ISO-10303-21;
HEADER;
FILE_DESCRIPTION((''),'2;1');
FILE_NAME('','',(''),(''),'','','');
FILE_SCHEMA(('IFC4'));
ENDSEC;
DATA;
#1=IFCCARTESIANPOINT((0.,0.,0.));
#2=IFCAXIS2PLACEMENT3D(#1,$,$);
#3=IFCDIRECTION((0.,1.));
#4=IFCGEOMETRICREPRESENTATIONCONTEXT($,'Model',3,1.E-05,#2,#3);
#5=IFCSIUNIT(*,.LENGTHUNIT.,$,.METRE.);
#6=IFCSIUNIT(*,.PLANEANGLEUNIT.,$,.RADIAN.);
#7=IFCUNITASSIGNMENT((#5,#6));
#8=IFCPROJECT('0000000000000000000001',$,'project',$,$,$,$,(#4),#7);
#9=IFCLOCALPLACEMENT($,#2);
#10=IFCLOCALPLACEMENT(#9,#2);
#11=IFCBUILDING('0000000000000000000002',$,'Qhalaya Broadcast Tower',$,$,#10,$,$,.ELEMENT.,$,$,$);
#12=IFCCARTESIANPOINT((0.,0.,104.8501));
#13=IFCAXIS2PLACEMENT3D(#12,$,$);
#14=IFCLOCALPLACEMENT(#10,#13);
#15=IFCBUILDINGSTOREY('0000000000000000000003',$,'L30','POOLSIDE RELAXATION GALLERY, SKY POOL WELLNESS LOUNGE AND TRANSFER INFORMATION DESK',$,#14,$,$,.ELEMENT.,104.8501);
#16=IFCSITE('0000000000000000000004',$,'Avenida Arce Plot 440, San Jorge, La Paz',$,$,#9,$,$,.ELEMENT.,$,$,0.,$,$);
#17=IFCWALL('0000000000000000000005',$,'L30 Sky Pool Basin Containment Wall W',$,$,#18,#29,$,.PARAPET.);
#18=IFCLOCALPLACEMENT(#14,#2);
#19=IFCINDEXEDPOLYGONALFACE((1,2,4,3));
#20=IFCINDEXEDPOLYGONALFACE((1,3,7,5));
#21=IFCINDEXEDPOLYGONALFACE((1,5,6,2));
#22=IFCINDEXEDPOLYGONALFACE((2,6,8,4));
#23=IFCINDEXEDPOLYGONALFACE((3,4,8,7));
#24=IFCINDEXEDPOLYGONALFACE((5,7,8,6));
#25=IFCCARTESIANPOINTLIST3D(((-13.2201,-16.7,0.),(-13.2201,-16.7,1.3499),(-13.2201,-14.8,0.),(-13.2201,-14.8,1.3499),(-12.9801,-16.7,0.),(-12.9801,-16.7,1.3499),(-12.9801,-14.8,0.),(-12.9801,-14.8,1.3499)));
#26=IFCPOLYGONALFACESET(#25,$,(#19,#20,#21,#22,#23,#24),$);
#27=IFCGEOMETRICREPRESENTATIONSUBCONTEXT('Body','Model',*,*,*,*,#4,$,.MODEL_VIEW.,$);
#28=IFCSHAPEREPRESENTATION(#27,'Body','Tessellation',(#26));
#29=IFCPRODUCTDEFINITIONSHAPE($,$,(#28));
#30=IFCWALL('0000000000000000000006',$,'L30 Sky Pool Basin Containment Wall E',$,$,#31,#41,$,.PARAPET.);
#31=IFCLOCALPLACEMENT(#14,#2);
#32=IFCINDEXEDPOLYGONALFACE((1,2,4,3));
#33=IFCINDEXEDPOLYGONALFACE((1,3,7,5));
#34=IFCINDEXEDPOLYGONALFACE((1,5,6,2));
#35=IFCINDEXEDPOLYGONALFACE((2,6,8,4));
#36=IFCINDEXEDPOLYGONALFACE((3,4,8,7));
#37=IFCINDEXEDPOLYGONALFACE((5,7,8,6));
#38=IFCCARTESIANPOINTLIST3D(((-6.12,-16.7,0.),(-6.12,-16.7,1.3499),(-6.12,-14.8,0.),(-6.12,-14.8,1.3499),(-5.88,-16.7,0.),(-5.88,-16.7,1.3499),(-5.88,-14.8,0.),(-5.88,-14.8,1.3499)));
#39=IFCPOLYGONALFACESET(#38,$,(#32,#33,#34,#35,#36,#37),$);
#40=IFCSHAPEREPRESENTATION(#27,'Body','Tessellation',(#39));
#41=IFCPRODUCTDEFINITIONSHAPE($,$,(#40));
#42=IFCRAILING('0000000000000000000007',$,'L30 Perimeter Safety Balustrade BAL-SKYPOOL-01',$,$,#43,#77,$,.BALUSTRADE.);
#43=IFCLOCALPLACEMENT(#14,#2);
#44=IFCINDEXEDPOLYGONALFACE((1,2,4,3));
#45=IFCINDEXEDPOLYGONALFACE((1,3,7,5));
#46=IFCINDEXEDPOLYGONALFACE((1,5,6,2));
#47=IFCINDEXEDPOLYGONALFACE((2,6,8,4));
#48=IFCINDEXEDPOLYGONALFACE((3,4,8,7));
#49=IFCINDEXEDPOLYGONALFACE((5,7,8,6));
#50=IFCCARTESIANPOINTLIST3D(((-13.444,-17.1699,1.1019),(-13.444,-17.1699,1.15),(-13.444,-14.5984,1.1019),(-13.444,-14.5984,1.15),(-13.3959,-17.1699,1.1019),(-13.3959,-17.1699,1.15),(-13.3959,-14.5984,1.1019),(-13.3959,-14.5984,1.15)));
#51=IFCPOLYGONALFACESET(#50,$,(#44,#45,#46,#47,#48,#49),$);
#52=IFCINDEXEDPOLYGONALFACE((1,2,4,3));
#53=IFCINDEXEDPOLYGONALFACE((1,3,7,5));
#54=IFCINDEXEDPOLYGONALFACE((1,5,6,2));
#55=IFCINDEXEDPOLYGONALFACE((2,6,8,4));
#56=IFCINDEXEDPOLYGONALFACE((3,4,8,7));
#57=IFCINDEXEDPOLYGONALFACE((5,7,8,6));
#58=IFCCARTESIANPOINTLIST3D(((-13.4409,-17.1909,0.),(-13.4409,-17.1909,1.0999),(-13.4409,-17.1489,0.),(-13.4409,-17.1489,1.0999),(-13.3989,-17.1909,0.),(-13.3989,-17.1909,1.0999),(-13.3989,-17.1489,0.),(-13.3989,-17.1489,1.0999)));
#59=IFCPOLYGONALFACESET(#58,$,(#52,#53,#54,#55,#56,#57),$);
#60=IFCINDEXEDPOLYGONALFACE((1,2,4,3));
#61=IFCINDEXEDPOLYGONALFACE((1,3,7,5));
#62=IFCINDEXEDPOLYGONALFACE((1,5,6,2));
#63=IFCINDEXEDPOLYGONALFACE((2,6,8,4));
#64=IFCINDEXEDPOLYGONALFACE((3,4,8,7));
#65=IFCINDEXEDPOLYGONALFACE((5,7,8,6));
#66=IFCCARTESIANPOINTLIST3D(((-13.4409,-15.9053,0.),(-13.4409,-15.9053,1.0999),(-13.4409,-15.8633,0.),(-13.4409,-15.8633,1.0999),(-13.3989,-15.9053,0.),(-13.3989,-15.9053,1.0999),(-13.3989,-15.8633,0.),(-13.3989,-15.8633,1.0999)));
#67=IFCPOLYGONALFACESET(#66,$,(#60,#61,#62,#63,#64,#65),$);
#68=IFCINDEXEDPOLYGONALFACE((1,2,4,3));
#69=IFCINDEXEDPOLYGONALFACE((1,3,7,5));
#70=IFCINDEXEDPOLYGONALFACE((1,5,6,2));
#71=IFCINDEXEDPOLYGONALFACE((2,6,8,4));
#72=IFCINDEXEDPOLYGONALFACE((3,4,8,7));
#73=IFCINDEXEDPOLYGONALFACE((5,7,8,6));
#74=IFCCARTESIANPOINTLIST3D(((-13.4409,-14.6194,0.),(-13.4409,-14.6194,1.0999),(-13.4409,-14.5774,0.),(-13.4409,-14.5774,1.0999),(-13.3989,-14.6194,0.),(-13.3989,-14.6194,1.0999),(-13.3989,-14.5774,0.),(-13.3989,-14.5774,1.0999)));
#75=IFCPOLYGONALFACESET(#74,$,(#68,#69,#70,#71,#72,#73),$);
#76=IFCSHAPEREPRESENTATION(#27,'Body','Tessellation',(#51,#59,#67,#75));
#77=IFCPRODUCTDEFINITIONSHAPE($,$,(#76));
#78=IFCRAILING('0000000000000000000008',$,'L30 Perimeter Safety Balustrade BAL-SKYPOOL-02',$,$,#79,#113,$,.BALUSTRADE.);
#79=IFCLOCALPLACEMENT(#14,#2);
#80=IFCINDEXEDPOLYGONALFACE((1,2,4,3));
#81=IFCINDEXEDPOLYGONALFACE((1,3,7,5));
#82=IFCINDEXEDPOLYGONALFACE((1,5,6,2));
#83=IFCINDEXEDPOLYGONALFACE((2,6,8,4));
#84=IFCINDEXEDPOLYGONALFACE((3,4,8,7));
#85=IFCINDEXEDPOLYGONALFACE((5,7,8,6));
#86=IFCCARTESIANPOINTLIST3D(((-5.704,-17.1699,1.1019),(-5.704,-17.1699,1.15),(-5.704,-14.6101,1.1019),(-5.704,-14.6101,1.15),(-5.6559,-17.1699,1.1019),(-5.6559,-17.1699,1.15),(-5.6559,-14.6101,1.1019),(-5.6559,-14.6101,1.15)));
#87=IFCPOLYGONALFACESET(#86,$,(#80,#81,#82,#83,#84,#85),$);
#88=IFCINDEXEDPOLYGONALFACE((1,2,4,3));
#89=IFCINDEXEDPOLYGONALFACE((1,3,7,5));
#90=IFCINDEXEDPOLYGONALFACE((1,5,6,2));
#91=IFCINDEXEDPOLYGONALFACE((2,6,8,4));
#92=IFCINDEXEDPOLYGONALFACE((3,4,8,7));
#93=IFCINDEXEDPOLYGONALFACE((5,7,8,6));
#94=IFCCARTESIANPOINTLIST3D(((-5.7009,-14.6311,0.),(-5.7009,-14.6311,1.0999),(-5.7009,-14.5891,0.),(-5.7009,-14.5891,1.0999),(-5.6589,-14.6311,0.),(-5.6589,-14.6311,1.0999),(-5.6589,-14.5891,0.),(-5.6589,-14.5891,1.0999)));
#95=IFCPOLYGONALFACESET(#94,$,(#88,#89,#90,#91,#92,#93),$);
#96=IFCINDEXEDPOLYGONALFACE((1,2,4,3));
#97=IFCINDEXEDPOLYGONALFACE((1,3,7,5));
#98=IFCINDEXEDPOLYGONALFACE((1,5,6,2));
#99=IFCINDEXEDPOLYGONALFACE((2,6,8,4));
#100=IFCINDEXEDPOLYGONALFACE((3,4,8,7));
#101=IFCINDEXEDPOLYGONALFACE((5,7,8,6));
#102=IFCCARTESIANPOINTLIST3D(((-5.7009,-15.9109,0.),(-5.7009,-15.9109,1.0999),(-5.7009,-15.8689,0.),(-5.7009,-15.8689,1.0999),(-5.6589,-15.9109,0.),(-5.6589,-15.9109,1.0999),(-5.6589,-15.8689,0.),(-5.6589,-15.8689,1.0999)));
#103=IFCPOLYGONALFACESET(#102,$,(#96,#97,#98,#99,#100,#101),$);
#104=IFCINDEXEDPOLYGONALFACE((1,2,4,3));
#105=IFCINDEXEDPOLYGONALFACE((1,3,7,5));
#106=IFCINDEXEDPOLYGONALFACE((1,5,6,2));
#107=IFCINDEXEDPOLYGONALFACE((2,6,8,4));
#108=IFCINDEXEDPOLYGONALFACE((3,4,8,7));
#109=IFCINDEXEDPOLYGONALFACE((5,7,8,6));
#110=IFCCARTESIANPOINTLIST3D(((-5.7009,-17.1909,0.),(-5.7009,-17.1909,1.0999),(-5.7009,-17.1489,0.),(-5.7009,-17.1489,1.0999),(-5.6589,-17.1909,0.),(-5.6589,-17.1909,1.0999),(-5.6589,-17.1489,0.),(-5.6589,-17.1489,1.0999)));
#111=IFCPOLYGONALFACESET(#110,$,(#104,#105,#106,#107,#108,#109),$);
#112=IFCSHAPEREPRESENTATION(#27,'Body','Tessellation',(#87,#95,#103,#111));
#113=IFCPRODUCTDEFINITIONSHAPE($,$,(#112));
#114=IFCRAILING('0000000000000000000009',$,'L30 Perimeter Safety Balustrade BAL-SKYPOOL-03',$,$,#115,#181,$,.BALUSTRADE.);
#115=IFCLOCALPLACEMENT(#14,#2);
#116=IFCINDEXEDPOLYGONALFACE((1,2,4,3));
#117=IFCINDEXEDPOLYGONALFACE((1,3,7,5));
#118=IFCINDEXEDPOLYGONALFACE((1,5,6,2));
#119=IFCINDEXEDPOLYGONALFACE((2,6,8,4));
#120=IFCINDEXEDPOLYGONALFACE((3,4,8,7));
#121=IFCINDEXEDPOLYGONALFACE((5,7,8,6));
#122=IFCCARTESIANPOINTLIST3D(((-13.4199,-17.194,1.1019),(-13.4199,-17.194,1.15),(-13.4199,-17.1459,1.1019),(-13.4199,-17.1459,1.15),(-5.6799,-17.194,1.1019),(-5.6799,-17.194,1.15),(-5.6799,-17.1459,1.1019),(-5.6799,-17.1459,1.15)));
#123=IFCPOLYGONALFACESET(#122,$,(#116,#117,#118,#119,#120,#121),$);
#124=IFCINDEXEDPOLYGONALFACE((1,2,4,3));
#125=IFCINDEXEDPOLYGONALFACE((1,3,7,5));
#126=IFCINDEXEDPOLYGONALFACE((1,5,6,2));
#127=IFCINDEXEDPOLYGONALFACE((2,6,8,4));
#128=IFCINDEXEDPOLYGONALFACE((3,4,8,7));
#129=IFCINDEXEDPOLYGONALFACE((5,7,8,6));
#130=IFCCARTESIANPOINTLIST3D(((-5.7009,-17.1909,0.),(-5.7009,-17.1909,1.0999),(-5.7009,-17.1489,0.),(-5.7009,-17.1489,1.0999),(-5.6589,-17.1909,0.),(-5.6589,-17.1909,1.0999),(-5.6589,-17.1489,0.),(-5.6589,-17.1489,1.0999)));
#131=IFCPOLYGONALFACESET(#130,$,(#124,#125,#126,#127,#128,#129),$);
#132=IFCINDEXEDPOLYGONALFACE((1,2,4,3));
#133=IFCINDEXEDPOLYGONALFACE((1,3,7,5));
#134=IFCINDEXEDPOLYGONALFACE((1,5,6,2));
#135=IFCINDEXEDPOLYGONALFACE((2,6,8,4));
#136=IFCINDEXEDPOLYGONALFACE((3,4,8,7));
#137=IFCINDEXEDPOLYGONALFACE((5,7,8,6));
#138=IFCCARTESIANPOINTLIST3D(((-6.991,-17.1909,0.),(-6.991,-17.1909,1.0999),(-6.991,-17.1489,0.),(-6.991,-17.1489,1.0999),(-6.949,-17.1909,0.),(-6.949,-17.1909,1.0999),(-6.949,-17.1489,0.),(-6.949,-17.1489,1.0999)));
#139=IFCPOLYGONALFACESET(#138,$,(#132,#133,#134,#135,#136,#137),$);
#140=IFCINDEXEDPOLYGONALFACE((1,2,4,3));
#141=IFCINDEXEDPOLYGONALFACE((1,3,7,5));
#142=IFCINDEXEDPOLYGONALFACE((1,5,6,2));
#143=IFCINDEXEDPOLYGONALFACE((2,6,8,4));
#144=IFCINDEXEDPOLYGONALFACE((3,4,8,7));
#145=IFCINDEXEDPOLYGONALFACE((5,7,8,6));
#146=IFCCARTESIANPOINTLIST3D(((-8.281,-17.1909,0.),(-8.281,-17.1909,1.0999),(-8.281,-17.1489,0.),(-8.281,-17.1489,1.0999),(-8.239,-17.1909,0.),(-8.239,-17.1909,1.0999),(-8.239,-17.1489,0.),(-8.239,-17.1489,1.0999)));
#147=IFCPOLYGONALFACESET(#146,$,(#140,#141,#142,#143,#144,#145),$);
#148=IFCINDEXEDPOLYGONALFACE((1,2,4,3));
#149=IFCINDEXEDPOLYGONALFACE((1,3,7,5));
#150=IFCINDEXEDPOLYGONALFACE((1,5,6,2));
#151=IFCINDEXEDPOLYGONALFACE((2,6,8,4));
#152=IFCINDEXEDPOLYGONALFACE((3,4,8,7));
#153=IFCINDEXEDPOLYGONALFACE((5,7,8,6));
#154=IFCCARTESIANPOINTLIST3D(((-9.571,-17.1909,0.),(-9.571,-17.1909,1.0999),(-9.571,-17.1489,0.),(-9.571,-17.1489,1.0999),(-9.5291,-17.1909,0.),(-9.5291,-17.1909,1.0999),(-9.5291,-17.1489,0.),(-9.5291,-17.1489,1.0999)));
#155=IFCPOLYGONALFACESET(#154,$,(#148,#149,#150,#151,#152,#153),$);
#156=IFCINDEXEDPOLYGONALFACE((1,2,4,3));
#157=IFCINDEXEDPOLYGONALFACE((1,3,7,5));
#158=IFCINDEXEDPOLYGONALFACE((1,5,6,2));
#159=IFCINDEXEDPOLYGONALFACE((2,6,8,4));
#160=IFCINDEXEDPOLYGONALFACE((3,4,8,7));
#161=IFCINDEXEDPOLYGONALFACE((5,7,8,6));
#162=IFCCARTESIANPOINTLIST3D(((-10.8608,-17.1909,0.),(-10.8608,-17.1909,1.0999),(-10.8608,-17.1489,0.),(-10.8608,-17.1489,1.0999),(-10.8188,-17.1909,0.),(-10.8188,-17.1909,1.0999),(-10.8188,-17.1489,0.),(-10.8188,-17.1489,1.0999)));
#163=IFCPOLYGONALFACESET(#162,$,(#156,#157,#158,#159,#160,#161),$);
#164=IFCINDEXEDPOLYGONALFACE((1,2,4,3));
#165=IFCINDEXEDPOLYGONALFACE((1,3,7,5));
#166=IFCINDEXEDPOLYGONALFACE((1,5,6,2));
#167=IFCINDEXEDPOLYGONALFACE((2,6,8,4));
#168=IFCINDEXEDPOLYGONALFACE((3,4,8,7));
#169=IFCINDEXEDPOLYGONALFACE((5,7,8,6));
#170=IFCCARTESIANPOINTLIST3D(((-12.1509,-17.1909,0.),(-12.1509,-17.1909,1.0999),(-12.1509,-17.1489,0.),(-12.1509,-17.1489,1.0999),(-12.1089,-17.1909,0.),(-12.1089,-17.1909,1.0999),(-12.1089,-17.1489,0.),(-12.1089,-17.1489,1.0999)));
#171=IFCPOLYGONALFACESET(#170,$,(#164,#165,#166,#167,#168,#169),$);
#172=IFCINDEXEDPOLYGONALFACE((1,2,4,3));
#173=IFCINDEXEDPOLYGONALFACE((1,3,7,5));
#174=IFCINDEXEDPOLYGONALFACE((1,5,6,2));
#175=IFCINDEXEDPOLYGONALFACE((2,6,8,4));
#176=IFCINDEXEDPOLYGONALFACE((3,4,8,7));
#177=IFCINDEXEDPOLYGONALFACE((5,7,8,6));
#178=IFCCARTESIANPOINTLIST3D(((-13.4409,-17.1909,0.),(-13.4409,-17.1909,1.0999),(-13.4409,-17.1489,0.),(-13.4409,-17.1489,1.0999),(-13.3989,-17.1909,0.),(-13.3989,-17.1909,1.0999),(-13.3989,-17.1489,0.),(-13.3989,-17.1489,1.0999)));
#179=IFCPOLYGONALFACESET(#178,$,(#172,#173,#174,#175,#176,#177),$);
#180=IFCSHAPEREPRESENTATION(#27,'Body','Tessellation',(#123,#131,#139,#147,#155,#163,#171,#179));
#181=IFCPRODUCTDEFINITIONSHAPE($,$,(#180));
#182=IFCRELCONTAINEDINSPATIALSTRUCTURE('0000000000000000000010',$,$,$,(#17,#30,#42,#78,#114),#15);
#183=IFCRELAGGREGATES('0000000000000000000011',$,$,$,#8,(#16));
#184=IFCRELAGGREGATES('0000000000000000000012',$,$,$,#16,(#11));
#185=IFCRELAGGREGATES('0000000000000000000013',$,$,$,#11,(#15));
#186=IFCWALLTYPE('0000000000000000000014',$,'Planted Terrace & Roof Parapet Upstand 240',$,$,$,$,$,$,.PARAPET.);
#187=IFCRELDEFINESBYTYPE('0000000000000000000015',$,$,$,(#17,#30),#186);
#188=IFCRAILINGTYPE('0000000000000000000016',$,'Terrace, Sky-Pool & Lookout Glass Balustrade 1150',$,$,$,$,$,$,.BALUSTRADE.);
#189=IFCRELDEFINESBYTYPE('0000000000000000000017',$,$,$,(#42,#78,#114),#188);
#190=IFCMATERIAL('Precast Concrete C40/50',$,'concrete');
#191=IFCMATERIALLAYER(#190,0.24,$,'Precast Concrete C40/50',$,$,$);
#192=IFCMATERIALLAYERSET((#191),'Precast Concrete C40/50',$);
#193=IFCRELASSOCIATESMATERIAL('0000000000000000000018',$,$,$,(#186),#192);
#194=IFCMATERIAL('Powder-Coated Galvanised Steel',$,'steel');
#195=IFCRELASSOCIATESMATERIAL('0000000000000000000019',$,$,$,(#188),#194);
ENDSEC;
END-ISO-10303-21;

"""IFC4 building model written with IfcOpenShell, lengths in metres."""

from ifc_helpers import new_model, si_unit, direction, frame, frame_2d, origin, origin_2d, place, context, subcontext, project, spatial, rectangle, extrude, material, layer, layer_set, type_object, element, save


model = new_model("IFC4")

# Units and contexts
model_context = context("Model", 3, precision=1e-05, world=origin(), true_north=direction((0.0, 1.0)))
body_context = subcontext(model_context, "Body", "Model", "MODEL_VIEW")
ifc_project = project(units=[si_unit("LENGTHUNIT", "METRE"), si_unit("PLANEANGLEUNIT", "RADIAN")], contexts=[model_context])

# Site, building, storey
site_placement = place(None, origin())
site = spatial("IfcSite", under=ifc_project, at=site_placement, Name="Avenida Arce Plot 440, San Jorge, La Paz", CompositionType="ELEMENT", RefElevation=0.0)
building_placement = place(site_placement, origin())
building = spatial("IfcBuilding", under=site, at=building_placement, Name="Qhalaya Broadcast Tower", CompositionType="ELEMENT")
storey_placement = place(building_placement, frame((0.0, 0.0, 104.8501)))
storey = spatial("IfcBuildingStorey", under=building, at=storey_placement, Name="L30", Description="POOLSIDE RELAXATION GALLERY, SKY POOL WELLNESS LOUNGE AND TRANSFER INFORMATION DESK", CompositionType="ELEMENT", Elevation=104.8501)

# Walls
ifc_material_1 = material(Name="Precast Concrete C40/50", Category="concrete")
ifc_layer_1 = layer(ifc_material_1, 0.24, Name="Precast Concrete C40/50")
ifc_layer_set_1 = layer_set([ifc_layer_1], Name="Precast Concrete C40/50")
wall_type_1 = type_object("IfcWallType", Name="Planted Terrace & Roof Parapet Upstand 240", PredefinedType="PARAPET", material=ifc_layer_set_1)
for number, where, z_axis, x_axis, name in (
    (1, (-13.1001, -16.7, 0.0), (0.0, 0.0, 1.0), (0.0, 1.0, 0.0), "L30 Sky Pool Basin Containment Wall W"),
    (2, (-6.0, -16.7, 0.0), (0.0, 0.0, 1.0), (0.0, 1.0, 0.0), "L30 Sky Pool Basin Containment Wall E"),
):
    element("IfcWall", number, at=place(storey_placement, frame(where, z_axis=z_axis, x_axis=x_axis)), inside=storey, type_object=wall_type_1, Name=name, PredefinedType="PARAPET", context=body_context, shape_type="SweptSolid", body=[
        extrude(rectangle(XDim=1.8999, YDim=0.24, at=frame_2d((0.95, 0.0))), origin(), (0.0, 0.0, 1.0), 1.3499),
    ])

# Railings
ifc_material_2 = material(Name="Powder-Coated Galvanised Steel", Category="steel")
railing_type = type_object("IfcRailingType", Name="Terrace, Sky-Pool & Lookout Glass Balustrade 1150", PredefinedType="BALUSTRADE", material=ifc_material_2)
railing_1_placement = place(storey_placement, frame((-13.4199, -17.1699, 0.0)))
element("IfcRailing", 3, at=railing_1_placement, inside=storey, type_object=railing_type, Name="L30 Perimeter Safety Balustrade BAL-SKYPOOL-01", PredefinedType="BALUSTRADE", context=body_context, shape_type="SweptSolid", body=[
    extrude(rectangle(XDim=0.0481, YDim=0.0481, at=origin_2d()), frame((0.0, 0.0, 1.126), z_axis=(0.0, 1.0, 0.0), x_axis=(-1.0, 0.0, 0.0)), (0.0, 0.0, 1.0), 2.5715),
    extrude(rectangle(XDim=0.042, YDim=0.042, at=origin_2d()), origin(), (0.0, 0.0, 1.0), 1.0999),
    extrude(rectangle(XDim=0.042, YDim=0.042, at=origin_2d()), frame((0.0, 1.2856, 0.0)), (0.0, 0.0, 1.0), 1.0999),
    extrude(rectangle(XDim=0.042, YDim=0.042, at=origin_2d()), frame((0.0, 2.5715, 0.0)), (0.0, 0.0, 1.0), 1.0999),
])
railing_2_placement = place(storey_placement, frame((-5.6799, -14.6101, 0.0)))
element("IfcRailing", 4, at=railing_2_placement, inside=storey, type_object=railing_type, Name="L30 Perimeter Safety Balustrade BAL-SKYPOOL-02", PredefinedType="BALUSTRADE", context=body_context, shape_type="SweptSolid", body=[
    extrude(rectangle(XDim=0.0481, YDim=0.0481, at=origin_2d()), frame((0.0, 0.0, 1.126), z_axis=(0.0, -1.0, 0.0), x_axis=(1.0, 0.0, 0.0)), (0.0, 0.0, 1.0), 2.5598),
    extrude(rectangle(XDim=0.042, YDim=0.042, at=origin_2d()), origin(), (0.0, 0.0, 1.0), 1.0999),
    extrude(rectangle(XDim=0.042, YDim=0.042, at=origin_2d()), frame((0.0, -1.2798, 0.0)), (0.0, 0.0, 1.0), 1.0999),
    extrude(rectangle(XDim=0.042, YDim=0.042, at=origin_2d()), frame((0.0, -2.5598, 0.0)), (0.0, 0.0, 1.0), 1.0999),
])
railing_3_placement = place(storey_placement, frame((-5.6799, -17.1699, 0.0)))
element("IfcRailing", 5, at=railing_3_placement, inside=storey, type_object=railing_type, Name="L30 Perimeter Safety Balustrade BAL-SKYPOOL-03", PredefinedType="BALUSTRADE", context=body_context, shape_type="SweptSolid", body=[
    extrude(rectangle(XDim=0.0481, YDim=0.0481, at=origin_2d()), frame((0.0, 0.0, 1.126), z_axis=(-1.0, 0.0, 0.0), x_axis=(0.0, -1.0, 0.0)), (0.0, 0.0, 1.0), 7.74),
    extrude(rectangle(XDim=0.042, YDim=0.042, at=origin_2d()), origin(), (0.0, 0.0, 1.0), 1.0999),
    extrude(rectangle(XDim=0.042, YDim=0.042, at=origin_2d()), frame((-1.29, 0.0, 0.0)), (0.0, 0.0, 1.0), 1.0999),
    extrude(rectangle(XDim=0.042, YDim=0.042, at=origin_2d()), frame((-2.5801, 0.0, 0.0)), (0.0, 0.0, 1.0), 1.0999),
    extrude(rectangle(XDim=0.042, YDim=0.042, at=origin_2d()), frame((-3.8701, 0.0, 0.0)), (0.0, 0.0, 1.0), 1.0999),
    extrude(rectangle(XDim=0.042, YDim=0.042, at=origin_2d()), frame((-5.1599, 0.0, 0.0)), (0.0, 0.0, 1.0), 1.0999),
    extrude(rectangle(XDim=0.042, YDim=0.042, at=origin_2d()), frame((-6.45, 0.0, 0.0)), (0.0, 0.0, 1.0), 1.0999),
    extrude(rectangle(XDim=0.042, YDim=0.042, at=origin_2d()), frame((-7.74, 0.0, 0.0)), (0.0, 0.0, 1.0), 1.0999),
])

save(model, "model.ifc")
